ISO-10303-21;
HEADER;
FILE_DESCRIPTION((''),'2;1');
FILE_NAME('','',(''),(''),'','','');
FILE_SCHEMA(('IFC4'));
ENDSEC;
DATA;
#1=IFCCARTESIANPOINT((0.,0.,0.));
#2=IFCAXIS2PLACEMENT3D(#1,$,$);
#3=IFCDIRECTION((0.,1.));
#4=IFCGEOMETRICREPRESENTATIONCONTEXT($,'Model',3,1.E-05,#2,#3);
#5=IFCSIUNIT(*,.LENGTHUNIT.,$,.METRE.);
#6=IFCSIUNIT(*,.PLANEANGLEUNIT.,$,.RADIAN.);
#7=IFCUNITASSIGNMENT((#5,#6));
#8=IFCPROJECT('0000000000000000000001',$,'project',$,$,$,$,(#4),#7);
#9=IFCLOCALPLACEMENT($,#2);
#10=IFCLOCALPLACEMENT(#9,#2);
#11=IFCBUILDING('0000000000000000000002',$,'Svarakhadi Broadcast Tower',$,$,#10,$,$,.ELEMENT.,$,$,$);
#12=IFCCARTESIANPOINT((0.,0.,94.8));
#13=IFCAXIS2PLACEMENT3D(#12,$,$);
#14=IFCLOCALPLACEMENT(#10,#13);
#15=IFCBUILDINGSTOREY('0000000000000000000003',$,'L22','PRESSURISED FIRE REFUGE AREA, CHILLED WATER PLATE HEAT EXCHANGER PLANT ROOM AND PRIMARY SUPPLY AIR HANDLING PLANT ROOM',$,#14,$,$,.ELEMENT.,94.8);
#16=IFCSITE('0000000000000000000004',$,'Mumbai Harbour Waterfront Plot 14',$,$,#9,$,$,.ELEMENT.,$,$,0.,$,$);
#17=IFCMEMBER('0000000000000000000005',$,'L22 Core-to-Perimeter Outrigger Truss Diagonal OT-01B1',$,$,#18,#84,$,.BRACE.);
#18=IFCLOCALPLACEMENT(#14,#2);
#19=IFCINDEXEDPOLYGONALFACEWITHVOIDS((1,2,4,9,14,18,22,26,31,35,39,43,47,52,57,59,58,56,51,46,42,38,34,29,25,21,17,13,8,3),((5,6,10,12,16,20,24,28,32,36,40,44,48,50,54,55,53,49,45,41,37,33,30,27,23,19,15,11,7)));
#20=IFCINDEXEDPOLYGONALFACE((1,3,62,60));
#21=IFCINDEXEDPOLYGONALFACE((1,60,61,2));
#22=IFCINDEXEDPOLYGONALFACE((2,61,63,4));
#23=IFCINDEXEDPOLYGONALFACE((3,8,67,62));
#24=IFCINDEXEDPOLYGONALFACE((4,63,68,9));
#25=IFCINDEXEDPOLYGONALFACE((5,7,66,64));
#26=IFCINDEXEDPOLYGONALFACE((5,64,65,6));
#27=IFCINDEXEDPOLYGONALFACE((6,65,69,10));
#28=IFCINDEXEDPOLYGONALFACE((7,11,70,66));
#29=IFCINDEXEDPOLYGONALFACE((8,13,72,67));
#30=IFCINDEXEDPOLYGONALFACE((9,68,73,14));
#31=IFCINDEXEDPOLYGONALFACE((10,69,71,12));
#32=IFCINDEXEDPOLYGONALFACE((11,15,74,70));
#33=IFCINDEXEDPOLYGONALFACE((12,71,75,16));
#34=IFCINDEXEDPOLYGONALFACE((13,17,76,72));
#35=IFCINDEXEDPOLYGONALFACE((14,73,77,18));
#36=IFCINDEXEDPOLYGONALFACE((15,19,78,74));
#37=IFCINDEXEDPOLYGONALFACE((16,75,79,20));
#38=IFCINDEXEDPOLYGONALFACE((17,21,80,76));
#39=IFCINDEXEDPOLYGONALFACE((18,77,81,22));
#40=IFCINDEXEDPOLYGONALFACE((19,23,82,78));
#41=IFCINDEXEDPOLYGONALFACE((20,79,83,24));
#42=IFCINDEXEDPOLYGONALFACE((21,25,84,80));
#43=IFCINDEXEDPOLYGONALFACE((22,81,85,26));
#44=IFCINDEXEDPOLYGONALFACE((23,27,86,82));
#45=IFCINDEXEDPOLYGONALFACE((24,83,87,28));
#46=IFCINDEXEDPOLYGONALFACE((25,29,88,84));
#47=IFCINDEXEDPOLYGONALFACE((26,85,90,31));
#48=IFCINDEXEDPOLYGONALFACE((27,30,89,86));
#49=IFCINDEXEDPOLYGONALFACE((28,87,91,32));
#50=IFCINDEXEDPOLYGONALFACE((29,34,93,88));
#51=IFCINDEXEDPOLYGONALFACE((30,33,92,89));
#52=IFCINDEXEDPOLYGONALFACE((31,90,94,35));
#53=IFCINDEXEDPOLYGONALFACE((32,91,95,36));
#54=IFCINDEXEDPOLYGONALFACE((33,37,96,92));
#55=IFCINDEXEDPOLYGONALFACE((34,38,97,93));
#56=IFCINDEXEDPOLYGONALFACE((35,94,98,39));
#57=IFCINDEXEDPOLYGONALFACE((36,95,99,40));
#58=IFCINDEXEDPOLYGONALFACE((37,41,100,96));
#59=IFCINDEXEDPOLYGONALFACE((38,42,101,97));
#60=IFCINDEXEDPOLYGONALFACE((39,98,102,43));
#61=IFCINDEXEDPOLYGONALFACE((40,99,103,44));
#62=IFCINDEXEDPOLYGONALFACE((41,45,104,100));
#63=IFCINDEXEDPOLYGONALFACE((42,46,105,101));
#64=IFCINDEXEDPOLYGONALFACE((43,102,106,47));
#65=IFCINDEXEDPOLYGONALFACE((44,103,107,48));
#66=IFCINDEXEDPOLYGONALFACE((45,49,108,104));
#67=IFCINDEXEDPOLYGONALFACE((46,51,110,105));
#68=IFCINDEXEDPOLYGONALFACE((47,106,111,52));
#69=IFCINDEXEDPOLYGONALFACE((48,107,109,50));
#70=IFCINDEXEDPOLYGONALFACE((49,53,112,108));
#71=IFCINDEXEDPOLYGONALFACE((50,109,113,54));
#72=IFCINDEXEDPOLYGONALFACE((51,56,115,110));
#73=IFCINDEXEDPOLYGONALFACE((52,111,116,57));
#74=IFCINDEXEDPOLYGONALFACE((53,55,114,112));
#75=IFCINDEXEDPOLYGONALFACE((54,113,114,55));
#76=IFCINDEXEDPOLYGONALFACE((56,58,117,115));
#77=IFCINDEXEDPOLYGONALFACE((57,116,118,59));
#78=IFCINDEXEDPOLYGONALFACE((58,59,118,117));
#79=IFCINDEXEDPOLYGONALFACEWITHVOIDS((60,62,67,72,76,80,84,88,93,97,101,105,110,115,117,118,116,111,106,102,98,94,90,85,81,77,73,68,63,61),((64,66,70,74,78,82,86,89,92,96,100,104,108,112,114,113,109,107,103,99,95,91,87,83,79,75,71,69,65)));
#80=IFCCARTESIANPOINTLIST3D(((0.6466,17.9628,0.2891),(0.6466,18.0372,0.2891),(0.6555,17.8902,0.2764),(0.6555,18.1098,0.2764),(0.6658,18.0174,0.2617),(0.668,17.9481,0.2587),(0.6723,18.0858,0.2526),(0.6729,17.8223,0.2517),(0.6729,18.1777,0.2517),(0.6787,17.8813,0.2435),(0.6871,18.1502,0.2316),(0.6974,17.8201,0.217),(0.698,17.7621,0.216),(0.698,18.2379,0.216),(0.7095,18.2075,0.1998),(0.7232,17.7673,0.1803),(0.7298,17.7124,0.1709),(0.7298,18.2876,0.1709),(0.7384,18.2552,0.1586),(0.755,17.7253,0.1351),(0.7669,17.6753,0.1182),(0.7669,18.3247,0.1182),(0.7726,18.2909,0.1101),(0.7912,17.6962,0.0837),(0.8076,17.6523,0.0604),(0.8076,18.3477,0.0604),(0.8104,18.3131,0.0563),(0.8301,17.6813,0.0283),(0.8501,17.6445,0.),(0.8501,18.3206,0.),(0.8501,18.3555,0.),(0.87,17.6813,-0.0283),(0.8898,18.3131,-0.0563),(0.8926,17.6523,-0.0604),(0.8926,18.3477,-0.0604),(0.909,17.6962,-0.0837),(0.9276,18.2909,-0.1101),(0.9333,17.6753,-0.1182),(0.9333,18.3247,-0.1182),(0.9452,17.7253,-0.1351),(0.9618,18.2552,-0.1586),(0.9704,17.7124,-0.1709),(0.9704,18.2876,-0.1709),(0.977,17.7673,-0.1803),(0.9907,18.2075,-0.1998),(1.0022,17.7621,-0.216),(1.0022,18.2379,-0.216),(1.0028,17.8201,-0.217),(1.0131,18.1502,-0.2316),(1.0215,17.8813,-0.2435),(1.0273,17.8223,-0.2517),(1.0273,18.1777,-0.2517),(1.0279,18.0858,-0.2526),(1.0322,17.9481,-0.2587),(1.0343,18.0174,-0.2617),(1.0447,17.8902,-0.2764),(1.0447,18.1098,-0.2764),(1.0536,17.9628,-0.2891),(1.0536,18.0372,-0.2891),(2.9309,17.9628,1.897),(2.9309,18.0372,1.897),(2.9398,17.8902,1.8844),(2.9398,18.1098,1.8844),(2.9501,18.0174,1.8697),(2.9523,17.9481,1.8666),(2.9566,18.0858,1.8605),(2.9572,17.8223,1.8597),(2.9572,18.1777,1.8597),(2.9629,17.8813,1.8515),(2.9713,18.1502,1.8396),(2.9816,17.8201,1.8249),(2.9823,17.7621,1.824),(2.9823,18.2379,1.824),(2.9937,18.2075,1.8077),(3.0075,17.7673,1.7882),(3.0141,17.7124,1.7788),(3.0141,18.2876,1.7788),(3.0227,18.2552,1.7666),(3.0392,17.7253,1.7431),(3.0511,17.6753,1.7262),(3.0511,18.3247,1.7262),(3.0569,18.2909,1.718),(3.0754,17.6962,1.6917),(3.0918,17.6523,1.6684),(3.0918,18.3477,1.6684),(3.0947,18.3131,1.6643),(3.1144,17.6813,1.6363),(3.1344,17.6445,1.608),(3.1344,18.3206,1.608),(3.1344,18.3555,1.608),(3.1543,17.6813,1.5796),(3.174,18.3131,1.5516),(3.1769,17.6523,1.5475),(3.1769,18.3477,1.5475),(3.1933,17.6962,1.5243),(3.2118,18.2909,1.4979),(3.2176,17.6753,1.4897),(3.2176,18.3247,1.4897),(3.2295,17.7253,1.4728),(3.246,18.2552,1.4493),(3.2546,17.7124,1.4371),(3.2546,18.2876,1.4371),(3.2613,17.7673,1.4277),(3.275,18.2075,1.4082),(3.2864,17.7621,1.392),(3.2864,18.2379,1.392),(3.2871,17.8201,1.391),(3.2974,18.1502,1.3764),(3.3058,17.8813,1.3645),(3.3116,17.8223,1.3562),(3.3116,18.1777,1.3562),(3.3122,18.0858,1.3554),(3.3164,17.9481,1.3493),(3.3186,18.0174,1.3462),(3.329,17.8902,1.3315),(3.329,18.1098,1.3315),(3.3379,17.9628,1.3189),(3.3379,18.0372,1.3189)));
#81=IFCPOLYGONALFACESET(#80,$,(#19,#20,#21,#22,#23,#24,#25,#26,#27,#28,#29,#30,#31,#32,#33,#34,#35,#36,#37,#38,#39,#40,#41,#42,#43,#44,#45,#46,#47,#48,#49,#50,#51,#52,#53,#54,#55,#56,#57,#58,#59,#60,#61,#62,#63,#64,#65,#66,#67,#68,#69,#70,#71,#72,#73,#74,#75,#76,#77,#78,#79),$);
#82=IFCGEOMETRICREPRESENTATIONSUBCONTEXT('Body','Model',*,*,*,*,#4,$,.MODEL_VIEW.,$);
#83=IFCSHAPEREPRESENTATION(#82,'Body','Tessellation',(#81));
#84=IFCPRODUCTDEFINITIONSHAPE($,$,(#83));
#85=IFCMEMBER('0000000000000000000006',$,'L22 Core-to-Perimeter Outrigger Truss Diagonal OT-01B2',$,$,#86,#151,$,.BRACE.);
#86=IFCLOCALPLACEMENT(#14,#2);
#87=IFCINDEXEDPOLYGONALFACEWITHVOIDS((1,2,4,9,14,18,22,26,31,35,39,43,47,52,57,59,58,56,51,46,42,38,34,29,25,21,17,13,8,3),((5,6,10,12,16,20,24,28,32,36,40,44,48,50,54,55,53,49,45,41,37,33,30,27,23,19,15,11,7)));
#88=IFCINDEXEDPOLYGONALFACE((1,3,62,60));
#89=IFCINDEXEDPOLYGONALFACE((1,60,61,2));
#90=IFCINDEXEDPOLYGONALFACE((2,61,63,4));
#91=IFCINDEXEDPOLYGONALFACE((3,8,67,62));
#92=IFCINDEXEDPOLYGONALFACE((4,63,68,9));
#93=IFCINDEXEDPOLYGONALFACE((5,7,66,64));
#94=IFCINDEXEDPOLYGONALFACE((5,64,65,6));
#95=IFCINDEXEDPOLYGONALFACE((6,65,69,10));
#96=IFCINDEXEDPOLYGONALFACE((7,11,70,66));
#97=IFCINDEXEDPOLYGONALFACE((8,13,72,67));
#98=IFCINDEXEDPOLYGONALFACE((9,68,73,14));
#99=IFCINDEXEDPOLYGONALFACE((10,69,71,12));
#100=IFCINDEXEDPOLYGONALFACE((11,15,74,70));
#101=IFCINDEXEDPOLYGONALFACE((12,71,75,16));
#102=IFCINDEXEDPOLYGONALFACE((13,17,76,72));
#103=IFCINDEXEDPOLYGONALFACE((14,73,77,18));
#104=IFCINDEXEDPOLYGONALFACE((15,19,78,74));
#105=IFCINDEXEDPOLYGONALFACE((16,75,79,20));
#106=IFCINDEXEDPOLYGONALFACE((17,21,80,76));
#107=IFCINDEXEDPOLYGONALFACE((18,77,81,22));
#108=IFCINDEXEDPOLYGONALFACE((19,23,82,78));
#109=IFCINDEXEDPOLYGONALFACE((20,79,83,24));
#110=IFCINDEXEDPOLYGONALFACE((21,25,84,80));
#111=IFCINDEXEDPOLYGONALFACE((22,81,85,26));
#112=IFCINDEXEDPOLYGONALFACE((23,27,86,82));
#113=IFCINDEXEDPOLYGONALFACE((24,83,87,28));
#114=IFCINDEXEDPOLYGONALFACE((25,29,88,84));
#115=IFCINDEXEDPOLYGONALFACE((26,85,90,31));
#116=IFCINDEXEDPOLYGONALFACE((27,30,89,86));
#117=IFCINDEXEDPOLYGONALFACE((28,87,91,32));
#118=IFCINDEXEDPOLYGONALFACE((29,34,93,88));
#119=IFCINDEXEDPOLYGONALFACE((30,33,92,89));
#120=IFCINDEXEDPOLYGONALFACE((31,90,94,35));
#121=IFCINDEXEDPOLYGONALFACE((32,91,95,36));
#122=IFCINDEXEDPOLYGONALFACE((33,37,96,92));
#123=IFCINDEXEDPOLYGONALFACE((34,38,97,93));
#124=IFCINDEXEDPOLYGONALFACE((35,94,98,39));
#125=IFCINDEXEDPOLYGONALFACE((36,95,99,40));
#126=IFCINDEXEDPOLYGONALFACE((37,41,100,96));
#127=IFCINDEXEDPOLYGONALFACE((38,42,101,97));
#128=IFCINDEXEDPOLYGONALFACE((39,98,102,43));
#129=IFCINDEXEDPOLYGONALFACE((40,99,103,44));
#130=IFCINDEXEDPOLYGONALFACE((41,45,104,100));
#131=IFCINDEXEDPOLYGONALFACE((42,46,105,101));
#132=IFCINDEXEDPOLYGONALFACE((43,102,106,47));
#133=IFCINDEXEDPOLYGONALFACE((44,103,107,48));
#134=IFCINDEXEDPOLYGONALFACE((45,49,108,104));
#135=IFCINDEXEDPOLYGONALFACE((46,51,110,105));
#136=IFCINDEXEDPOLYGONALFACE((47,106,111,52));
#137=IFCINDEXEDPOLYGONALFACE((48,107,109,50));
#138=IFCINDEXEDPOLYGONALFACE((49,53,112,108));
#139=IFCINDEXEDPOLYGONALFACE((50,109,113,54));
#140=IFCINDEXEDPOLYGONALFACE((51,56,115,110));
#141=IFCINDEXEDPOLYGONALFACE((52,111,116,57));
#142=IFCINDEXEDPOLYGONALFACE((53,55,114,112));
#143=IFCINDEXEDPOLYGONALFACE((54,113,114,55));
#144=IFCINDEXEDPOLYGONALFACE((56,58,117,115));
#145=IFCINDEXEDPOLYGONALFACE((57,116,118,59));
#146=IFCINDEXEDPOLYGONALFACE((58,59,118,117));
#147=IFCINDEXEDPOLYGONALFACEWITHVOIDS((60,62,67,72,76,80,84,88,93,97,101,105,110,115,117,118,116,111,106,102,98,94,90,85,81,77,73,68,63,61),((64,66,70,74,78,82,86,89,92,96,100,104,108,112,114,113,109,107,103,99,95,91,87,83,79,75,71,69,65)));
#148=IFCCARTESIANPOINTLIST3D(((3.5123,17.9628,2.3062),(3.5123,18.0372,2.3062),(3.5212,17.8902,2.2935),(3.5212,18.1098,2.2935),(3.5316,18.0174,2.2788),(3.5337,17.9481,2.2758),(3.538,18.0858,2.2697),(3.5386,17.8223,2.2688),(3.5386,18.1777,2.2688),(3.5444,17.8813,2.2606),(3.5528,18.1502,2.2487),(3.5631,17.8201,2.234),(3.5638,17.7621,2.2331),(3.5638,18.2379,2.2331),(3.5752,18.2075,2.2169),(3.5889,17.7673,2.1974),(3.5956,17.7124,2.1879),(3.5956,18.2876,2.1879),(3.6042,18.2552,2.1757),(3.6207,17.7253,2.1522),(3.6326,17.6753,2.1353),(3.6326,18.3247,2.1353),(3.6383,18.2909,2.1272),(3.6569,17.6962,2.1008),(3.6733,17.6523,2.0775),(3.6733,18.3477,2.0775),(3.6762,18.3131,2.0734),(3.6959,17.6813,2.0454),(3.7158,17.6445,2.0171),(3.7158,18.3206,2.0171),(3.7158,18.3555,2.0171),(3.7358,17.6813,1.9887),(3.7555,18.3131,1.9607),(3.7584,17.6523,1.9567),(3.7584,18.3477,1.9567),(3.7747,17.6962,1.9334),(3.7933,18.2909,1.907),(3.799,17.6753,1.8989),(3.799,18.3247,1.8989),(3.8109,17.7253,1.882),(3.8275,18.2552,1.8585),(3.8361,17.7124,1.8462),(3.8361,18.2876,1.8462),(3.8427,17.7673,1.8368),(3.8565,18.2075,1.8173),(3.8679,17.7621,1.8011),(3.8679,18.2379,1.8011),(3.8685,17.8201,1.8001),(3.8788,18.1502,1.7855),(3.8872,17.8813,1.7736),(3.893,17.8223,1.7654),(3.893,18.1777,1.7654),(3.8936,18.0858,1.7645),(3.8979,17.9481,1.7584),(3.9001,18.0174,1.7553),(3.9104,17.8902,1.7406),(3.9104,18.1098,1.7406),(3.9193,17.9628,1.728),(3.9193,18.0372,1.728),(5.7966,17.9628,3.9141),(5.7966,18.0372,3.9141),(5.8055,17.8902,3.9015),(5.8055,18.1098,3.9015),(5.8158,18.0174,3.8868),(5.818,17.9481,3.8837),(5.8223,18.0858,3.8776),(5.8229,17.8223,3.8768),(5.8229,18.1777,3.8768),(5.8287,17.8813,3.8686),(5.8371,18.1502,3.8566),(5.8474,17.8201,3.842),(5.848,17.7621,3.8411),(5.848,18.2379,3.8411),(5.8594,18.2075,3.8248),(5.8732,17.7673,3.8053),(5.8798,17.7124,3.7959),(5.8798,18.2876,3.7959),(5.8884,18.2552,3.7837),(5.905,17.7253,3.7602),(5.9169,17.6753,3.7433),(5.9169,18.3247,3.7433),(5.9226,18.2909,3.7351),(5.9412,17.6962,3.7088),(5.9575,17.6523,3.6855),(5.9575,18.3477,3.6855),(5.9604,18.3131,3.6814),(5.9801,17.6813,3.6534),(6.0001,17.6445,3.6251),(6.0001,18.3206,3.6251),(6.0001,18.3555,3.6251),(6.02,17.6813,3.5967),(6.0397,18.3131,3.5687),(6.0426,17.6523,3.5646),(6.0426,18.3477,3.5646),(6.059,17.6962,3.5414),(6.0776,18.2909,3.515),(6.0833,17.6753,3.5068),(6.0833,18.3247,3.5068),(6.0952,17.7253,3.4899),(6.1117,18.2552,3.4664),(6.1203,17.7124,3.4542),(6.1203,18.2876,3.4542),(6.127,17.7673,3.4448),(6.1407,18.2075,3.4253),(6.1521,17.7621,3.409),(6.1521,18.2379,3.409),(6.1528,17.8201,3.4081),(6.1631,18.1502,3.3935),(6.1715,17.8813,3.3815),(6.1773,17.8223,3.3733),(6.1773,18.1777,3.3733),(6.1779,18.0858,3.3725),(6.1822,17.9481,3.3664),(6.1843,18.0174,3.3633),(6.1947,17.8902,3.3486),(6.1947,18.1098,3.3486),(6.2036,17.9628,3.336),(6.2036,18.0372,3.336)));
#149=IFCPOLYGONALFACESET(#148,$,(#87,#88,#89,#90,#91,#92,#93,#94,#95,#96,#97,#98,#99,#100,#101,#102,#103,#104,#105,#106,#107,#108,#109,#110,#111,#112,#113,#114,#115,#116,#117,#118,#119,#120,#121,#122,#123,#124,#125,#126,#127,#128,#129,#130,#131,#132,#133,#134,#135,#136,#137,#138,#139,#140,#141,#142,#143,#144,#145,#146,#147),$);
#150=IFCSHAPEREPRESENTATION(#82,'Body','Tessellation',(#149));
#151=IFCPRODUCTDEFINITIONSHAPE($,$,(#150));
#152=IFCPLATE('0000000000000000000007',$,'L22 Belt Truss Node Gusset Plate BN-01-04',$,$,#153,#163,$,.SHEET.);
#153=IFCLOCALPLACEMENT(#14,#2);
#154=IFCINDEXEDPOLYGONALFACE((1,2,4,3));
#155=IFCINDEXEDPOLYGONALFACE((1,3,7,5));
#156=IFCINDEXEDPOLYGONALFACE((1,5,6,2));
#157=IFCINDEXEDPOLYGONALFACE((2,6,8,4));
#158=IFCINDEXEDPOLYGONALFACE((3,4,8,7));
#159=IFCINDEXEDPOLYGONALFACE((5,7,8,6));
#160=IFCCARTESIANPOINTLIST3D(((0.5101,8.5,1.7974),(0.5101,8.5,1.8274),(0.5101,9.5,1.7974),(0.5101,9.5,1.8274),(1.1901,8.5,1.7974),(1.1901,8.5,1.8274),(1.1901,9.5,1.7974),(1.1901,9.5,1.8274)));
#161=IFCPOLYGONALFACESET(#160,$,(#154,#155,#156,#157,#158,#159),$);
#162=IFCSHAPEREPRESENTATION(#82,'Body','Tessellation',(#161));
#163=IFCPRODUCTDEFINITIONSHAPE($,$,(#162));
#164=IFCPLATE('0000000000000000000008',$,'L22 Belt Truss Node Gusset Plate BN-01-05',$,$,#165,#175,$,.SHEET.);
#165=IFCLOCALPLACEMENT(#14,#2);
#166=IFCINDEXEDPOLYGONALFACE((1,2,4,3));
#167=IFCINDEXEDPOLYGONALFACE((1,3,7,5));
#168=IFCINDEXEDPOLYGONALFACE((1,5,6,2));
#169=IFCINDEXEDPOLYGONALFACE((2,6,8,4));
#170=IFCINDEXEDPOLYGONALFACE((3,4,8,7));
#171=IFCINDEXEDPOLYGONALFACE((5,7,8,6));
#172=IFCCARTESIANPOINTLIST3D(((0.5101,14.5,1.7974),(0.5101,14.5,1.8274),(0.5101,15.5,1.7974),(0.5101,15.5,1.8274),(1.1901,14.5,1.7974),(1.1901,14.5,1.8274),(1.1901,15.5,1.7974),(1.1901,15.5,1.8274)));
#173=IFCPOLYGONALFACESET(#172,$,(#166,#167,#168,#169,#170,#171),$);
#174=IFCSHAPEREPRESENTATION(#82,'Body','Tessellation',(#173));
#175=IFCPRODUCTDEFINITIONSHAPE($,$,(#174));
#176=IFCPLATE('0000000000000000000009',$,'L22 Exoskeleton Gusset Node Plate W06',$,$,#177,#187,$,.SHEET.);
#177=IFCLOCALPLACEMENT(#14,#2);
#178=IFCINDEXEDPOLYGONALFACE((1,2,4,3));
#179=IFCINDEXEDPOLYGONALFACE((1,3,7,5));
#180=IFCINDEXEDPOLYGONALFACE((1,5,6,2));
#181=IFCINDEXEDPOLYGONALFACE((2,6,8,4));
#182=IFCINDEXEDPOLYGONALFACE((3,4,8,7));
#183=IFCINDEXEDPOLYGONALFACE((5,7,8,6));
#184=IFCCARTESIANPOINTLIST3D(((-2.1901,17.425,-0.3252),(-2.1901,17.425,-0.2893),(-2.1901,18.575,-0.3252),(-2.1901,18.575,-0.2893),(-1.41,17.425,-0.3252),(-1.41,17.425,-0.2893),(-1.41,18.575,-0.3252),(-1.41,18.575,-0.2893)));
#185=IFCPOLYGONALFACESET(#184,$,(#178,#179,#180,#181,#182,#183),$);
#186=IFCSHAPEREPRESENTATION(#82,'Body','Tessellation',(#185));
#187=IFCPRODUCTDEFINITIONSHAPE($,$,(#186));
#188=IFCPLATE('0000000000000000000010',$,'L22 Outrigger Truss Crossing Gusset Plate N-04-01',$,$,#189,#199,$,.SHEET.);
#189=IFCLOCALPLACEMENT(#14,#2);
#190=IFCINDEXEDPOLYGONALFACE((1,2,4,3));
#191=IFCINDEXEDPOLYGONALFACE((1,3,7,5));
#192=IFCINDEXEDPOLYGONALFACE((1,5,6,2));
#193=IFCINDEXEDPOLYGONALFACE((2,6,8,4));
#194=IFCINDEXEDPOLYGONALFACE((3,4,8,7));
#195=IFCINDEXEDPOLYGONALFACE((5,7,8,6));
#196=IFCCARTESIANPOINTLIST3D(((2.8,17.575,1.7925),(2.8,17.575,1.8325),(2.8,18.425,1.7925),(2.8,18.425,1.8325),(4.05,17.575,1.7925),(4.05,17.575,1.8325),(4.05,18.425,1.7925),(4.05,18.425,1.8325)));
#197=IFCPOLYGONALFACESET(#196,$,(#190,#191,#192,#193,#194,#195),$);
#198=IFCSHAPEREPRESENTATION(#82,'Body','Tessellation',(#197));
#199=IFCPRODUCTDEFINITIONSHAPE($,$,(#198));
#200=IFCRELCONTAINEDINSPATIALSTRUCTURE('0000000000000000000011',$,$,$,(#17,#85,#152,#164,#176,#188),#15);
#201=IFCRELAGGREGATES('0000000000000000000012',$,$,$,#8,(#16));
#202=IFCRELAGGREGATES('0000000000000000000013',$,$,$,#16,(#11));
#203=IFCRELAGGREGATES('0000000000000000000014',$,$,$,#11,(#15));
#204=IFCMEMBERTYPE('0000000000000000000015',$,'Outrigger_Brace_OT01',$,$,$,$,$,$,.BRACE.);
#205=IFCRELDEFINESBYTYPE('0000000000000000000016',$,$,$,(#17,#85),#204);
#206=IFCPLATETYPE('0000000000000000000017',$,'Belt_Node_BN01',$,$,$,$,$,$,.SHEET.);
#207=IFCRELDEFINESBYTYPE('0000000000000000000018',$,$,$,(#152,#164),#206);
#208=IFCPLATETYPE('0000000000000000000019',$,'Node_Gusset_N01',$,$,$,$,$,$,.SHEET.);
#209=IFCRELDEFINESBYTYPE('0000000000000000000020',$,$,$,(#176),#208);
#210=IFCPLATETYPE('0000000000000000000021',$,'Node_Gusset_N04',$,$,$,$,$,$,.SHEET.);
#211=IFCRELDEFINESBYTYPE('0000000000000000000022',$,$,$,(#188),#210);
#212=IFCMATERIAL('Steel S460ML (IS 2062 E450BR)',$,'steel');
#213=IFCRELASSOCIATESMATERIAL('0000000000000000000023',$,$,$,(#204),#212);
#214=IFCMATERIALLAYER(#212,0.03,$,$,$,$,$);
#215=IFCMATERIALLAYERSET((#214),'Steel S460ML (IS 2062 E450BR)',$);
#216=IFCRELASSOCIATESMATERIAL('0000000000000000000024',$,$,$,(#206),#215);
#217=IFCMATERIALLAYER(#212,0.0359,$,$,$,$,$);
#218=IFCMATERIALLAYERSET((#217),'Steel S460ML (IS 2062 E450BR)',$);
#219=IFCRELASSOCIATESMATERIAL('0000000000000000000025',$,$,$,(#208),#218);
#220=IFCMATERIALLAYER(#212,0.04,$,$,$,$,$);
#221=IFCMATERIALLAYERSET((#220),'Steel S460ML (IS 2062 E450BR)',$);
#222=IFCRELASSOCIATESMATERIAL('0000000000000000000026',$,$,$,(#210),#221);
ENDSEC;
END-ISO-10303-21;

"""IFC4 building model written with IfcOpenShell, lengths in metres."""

from ifc_helpers import new_model, si_unit, direction, frame, origin, origin_2d, place, context, subcontext, project, spatial, rectangle, hollow_circle, extrude, material, layer, layer_set, material_profile, profile_set, type_object, element, save


model = new_model("IFC4")

# Units and contexts
model_context = context("Model", 3, precision=1e-05, world=origin(), true_north=direction((0.0, 1.0)))
body_context = subcontext(model_context, "Body", "Model", "MODEL_VIEW")
ifc_project = project(units=[si_unit("LENGTHUNIT", "METRE"), si_unit("PLANEANGLEUNIT", "RADIAN")], contexts=[model_context])

# Site, building, storey
site_placement = place(None, origin())
site = spatial("IfcSite", under=ifc_project, at=site_placement, Name="Mumbai Harbour Waterfront Plot 14", CompositionType="ELEMENT", RefElevation=0.0)
building_placement = place(site_placement, origin())
building = spatial("IfcBuilding", under=site, at=building_placement, Name="Svarakhadi Broadcast Tower", CompositionType="ELEMENT")
storey_placement = place(building_placement, frame((0.0, 0.0, 94.8)))
storey = spatial("IfcBuildingStorey", under=building, at=storey_placement, Name="L22", Description="PRESSURISED FIRE REFUGE AREA, CHILLED WATER PLATE HEAT EXCHANGER PLANT ROOM AND PRIMARY SUPPLY AIR HANDLING PLANT ROOM", CompositionType="ELEMENT", Elevation=94.8)

# Shared definitions
ifc_material_1 = material(Name="Steel S460ML (IS 2062 E450BR)", Category="steel")

# Members
ifc_material_profile_1 = material_profile(ifc_material_1, hollow_circle(Radius=0.3555, WallThickness=0.0349, at=origin_2d()), Name="CHS 711x35")
ifc_profile_set_1 = profile_set([ifc_material_profile_1], Name="Steel S460ML (IS 2062 E450BR)")
member_type_1 = type_object("IfcMemberType", Name="Outrigger_Brace_OT01", PredefinedType="BRACE", material=ifc_profile_set_1)
for number, where, z_axis, x_axis, name in (
    (1, (0.8501, 18.0, 0.0), (0.817718, 0.0, 0.575619), (0.0, 1.0, 0.0), "L22 Core-to-Perimeter Outrigger Truss Diagonal OT-01B1"),
    (2, (3.7158, 18.0, 2.0171), (0.817718, 0.0, 0.575619), (0.0, 1.0, 0.0), "L22 Core-to-Perimeter Outrigger Truss Diagonal OT-01B2"),
):
    element("IfcMember", number, at=place(storey_placement, frame(where, z_axis=z_axis, x_axis=x_axis)), inside=storey, type_object=member_type_1, Name=name, PredefinedType="BRACE", context=body_context, shape_type="SweptSolid", body=[
        extrude(hollow_circle(Radius=0.3555, WallThickness=0.0349, at=origin_2d()), origin(), (0.0, 0.0, 1.0), 2.7935),
    ])

# Plates
ifc_layer_1 = layer(ifc_material_1, 0.03)
ifc_layer_set_1 = layer_set([ifc_layer_1], Name="Steel S460ML (IS 2062 E450BR)")
plate_type_1 = type_object("IfcPlateType", Name="Belt_Node_BN01", PredefinedType="SHEET", material=ifc_layer_set_1)
for number, where, z_axis, x_axis, name in (
    (3, (0.8501, 9.0, 1.7974), (0.0, 0.0, 1.0), (0.0, 1.0, 0.0), "L22 Belt Truss Node Gusset Plate BN-01-04"),
    (4, (0.8501, 15.0, 1.7974), (0.0, 0.0, 1.0), (0.0, 1.0, 0.0), "L22 Belt Truss Node Gusset Plate BN-01-05"),
):
    element("IfcPlate", number, at=place(storey_placement, frame(where, z_axis=z_axis, x_axis=x_axis)), inside=storey, type_object=plate_type_1, Name=name, PredefinedType="SHEET", context=body_context, shape_type="SweptSolid", body=[
        extrude(rectangle(XDim=1.0, YDim=0.6799, at=origin_2d()), origin(), (0.0, 0.0, 1.0), 0.03),
    ])
ifc_layer_2 = layer(ifc_material_1, 0.0359)
ifc_layer_set_2 = layer_set([ifc_layer_2], Name="Steel S460ML (IS 2062 E450BR)")
plate_type_2 = type_object("IfcPlateType", Name="Node_Gusset_N01", PredefinedType="SHEET", material=ifc_layer_set_2)
plate_1_placement = place(storey_placement, frame((-1.8, 18.0, -0.3252), z_axis=(0.0, 0.0, 1.0), x_axis=(0.0, 1.0, 0.0)))
element("IfcPlate", 5, at=plate_1_placement, inside=storey, type_object=plate_type_2, Name="L22 Exoskeleton Gusset Node Plate W06", PredefinedType="SHEET", context=body_context, shape_type="SweptSolid", body=[
    extrude(rectangle(XDim=1.1499, YDim=0.78, at=origin_2d()), origin(), (0.0, 0.0, 1.0), 0.0359),
])
ifc_layer_3 = layer(ifc_material_1, 0.04)
ifc_layer_set_3 = layer_set([ifc_layer_3], Name="Steel S460ML (IS 2062 E450BR)")
plate_type_3 = type_object("IfcPlateType", Name="Node_Gusset_N04", PredefinedType="SHEET", material=ifc_layer_set_3)
plate_2_placement = place(storey_placement, frame((3.425, 18.0, 1.7925), z_axis=(0.0, 0.0, 1.0), x_axis=(1.0, 0.0, 0.0)))
element("IfcPlate", 6, at=plate_2_placement, inside=storey, type_object=plate_type_3, Name="L22 Outrigger Truss Crossing Gusset Plate N-04-01", PredefinedType="SHEET", context=body_context, shape_type="SweptSolid", body=[
    extrude(rectangle(XDim=1.25, YDim=0.8501, at=origin_2d()), origin(), (0.0, 0.0, 1.0), 0.04),
])

save(model, "model.ifc")
